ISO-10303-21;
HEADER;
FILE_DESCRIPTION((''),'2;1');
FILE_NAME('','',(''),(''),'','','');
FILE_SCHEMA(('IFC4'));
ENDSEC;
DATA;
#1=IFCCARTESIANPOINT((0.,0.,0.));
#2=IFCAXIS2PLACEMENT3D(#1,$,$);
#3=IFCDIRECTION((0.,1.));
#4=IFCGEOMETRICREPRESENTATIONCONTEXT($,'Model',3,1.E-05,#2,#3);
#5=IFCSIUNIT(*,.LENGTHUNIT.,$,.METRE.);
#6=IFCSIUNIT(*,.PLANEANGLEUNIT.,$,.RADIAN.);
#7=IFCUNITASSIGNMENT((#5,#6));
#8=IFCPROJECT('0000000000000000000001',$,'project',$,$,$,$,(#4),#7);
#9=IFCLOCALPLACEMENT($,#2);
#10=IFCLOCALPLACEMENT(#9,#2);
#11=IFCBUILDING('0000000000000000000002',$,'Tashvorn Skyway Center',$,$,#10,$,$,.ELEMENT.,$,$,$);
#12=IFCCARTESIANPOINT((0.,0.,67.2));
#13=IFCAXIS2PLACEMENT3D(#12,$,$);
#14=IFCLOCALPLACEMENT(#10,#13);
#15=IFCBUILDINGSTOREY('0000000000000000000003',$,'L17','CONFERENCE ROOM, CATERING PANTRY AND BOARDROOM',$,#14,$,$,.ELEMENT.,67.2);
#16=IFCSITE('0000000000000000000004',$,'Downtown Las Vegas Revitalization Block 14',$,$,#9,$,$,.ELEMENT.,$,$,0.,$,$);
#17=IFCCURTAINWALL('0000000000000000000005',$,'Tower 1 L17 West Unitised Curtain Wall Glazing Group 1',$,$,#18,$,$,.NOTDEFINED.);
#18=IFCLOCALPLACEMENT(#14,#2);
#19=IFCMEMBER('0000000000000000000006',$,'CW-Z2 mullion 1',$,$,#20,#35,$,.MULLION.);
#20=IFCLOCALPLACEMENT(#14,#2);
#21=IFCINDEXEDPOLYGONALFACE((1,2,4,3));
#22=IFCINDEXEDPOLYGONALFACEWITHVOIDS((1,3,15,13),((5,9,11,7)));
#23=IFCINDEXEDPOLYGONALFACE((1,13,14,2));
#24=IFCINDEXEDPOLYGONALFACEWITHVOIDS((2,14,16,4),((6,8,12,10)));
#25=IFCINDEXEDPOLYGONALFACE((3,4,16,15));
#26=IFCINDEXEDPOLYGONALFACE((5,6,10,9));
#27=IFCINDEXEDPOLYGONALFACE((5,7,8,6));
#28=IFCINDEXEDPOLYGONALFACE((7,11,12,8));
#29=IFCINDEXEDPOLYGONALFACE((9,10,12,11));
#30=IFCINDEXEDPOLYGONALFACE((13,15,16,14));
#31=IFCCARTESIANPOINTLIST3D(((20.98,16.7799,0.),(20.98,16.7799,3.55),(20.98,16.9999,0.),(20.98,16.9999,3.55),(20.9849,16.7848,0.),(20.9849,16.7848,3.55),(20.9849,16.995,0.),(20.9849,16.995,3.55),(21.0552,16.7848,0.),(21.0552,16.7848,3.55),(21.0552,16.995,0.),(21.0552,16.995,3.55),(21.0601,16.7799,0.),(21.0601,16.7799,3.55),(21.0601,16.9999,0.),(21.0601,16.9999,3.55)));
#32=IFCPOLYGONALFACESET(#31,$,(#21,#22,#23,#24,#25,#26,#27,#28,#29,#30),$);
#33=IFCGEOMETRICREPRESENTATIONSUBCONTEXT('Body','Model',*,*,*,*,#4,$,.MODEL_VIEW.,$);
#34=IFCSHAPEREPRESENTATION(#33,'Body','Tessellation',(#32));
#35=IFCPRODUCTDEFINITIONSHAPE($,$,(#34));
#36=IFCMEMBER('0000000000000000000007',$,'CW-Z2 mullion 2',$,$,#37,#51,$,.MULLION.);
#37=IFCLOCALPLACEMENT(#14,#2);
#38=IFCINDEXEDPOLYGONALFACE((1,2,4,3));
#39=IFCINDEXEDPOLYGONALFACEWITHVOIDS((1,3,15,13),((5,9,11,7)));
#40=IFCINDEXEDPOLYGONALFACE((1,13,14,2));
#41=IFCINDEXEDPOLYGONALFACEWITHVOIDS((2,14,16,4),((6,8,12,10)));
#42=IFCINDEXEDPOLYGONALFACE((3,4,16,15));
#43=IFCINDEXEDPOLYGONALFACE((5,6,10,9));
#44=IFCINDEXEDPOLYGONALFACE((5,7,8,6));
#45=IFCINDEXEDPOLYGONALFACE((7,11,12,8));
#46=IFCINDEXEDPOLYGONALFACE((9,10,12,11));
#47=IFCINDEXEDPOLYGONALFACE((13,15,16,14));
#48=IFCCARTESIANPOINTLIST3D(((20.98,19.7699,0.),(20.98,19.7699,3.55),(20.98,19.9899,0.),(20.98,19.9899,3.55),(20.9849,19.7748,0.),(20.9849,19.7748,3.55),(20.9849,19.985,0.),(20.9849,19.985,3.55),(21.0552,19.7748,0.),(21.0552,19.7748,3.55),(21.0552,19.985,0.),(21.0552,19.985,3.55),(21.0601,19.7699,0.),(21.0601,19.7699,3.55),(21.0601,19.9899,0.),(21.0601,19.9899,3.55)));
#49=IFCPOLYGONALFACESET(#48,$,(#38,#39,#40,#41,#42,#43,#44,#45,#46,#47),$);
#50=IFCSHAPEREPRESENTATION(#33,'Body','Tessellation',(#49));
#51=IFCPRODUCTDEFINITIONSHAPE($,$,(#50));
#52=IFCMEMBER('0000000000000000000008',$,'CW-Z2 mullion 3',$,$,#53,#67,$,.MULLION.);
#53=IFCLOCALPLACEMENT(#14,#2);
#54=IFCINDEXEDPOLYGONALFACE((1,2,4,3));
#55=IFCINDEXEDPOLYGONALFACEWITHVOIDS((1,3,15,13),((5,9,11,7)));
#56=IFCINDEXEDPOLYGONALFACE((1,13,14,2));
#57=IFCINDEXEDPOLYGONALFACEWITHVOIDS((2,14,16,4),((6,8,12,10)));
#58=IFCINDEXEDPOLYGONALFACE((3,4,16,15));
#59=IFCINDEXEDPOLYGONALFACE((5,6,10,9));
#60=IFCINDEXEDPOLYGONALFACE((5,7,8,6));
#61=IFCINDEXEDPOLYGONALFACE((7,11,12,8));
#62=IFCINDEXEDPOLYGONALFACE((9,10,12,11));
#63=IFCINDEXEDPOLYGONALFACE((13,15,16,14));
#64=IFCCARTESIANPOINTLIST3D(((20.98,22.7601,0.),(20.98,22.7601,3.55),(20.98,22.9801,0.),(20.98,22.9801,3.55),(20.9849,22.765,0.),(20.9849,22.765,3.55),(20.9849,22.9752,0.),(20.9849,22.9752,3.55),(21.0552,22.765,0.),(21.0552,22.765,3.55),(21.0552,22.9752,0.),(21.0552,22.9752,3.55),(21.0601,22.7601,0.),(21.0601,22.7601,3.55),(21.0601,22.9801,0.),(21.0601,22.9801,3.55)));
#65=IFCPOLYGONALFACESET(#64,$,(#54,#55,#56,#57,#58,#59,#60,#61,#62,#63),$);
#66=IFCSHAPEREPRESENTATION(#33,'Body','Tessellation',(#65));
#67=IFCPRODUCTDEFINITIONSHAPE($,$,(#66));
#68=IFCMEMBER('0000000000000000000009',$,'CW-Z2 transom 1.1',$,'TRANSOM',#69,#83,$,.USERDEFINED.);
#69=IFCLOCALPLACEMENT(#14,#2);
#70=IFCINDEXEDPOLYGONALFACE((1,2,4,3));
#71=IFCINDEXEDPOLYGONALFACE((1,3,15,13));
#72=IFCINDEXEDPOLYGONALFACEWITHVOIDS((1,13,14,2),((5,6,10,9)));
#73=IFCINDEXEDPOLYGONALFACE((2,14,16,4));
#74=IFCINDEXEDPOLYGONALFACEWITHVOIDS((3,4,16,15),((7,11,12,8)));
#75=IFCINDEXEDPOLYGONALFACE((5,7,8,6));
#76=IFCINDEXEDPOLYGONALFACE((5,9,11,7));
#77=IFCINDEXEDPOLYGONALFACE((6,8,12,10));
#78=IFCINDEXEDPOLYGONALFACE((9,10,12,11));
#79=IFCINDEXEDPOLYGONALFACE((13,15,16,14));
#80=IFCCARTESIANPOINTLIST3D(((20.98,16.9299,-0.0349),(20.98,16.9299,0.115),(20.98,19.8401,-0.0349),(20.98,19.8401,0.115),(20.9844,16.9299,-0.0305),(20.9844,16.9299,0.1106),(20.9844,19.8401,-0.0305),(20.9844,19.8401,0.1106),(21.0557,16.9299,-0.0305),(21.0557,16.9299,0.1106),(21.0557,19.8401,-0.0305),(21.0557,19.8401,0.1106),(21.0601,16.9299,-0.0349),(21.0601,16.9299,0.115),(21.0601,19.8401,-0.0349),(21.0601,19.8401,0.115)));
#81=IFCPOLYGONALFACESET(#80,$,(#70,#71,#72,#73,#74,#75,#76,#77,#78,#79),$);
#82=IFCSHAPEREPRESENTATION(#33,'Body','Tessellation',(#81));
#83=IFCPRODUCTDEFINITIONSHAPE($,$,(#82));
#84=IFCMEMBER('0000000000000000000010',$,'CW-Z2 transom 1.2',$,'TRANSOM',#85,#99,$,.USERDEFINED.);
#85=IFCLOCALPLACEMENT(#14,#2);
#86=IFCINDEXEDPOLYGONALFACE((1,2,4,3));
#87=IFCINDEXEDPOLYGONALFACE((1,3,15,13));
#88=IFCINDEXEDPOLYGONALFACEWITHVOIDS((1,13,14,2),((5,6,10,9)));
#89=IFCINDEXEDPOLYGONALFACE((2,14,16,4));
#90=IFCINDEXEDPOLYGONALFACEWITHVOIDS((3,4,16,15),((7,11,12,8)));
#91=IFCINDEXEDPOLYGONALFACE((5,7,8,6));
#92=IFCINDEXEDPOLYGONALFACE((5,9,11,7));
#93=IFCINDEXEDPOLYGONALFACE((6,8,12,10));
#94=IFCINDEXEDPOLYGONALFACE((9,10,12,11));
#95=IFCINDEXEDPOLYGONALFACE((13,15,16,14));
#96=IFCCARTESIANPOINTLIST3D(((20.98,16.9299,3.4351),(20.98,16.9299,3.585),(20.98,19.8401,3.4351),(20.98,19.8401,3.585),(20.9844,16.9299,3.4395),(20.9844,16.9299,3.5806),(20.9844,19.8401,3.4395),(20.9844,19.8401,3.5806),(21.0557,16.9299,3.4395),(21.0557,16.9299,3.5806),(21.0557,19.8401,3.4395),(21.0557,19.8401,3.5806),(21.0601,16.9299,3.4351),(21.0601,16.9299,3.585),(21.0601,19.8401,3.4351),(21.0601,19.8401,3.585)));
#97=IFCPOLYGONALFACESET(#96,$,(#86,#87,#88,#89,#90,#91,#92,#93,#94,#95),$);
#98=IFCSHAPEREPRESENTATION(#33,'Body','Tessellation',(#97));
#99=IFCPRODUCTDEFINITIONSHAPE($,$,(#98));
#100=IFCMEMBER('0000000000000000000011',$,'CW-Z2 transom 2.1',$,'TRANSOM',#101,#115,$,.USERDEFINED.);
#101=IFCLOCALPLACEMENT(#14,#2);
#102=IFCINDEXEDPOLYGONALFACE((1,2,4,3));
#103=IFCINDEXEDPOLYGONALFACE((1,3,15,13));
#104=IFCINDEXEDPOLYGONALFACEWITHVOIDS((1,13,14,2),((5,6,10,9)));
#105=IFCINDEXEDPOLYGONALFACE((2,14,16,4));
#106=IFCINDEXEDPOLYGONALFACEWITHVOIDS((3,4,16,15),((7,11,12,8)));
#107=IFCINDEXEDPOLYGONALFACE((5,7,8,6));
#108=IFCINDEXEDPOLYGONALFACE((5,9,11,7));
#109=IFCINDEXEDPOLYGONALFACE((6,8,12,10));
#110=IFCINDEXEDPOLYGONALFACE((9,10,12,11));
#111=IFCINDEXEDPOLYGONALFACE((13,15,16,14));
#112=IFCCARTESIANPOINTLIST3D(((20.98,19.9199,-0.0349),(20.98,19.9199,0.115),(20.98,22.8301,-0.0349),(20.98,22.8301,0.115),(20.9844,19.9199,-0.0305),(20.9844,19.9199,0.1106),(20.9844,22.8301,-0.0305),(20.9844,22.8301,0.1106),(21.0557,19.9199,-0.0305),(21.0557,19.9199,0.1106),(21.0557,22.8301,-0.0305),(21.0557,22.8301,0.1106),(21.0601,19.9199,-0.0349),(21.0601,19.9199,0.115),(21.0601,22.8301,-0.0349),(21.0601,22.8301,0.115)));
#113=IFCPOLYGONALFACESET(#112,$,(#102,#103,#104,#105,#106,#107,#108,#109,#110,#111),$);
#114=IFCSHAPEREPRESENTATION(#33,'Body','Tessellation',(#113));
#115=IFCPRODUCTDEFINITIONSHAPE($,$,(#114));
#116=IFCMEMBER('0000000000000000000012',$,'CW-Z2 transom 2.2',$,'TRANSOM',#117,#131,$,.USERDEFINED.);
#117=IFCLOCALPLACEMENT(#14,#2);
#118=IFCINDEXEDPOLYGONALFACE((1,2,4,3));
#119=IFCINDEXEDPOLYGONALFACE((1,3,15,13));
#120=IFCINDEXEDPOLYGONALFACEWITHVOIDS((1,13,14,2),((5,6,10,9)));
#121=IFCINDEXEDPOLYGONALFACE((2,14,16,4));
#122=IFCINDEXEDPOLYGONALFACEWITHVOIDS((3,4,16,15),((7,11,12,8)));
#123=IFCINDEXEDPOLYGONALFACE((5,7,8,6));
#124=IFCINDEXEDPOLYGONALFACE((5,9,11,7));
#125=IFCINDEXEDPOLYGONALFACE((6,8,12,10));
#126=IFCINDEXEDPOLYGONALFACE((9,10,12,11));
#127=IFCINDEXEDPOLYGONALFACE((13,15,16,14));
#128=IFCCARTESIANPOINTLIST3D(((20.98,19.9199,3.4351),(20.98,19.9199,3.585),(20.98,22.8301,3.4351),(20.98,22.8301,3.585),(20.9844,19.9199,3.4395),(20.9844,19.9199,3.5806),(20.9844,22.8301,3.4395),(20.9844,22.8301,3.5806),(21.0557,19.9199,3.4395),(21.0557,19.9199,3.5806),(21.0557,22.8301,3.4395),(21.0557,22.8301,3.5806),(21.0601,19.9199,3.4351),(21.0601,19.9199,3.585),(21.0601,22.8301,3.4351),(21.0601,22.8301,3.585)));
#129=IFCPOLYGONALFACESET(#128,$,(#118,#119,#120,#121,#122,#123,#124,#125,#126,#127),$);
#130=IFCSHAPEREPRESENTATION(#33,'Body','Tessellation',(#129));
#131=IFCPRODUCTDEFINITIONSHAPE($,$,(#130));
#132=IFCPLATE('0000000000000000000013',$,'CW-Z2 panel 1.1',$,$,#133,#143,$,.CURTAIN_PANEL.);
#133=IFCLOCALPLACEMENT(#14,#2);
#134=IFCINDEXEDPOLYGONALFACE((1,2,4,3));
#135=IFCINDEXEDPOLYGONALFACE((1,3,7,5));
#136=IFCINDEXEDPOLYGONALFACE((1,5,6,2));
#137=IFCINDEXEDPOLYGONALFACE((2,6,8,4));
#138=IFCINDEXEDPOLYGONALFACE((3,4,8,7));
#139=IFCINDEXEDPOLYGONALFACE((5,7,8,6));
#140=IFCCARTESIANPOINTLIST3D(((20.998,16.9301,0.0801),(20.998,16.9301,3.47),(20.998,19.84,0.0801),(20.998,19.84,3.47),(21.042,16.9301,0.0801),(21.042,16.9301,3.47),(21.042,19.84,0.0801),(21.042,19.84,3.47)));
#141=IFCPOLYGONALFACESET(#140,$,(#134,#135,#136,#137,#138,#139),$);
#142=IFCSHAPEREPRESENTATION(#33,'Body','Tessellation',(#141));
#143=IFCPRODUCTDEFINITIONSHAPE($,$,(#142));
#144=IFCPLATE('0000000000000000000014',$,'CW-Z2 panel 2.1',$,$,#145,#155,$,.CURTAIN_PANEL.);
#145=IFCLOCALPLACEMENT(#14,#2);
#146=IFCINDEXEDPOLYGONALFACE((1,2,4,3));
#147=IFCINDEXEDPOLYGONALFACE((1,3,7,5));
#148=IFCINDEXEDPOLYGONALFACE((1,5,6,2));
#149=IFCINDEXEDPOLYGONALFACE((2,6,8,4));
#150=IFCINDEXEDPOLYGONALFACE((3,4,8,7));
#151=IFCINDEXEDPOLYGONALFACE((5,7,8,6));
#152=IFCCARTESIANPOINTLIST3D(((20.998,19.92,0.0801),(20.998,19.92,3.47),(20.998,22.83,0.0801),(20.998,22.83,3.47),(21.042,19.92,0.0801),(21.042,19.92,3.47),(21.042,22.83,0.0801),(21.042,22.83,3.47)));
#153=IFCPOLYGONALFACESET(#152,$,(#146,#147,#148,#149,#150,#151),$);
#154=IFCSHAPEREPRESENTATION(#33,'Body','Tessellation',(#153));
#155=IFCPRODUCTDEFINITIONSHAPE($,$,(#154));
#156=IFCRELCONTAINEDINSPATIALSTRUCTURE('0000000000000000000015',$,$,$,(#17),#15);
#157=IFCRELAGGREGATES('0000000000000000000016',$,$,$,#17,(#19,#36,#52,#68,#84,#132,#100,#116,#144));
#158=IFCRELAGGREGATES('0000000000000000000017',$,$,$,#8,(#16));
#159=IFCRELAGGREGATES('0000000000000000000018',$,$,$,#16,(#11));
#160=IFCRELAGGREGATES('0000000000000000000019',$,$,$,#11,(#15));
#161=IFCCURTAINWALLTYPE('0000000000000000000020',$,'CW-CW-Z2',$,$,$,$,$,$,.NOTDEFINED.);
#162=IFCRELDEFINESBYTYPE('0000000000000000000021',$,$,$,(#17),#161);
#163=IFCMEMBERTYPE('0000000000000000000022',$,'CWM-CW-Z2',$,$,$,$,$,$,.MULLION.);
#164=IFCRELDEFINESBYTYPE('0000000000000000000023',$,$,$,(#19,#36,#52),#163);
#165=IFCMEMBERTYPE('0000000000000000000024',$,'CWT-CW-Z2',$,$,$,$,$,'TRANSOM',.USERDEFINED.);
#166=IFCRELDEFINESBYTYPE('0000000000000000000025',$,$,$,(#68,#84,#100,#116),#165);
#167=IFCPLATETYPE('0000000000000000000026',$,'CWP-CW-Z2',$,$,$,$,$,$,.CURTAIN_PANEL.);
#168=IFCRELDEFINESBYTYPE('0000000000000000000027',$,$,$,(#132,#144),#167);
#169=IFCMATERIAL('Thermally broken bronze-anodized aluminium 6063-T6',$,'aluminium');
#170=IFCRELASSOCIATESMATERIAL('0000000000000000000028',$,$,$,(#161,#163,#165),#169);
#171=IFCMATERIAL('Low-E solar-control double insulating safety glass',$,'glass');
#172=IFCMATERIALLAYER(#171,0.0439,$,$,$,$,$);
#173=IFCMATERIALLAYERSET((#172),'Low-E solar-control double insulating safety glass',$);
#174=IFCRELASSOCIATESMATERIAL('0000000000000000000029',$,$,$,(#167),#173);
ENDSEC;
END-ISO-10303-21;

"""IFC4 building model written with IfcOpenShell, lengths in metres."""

from ifc_helpers import new_model, si_unit, direction, frame, origin, origin_2d, place, context, subcontext, project, spatial, rectangle, hollow_rectangle, extrude, material, layer, layer_set, material_profile, profile_set, type_object, element, aggregate, save


model = new_model("IFC4")

# Units and contexts
model_context = context("Model", 3, precision=1e-05, world=origin(), true_north=direction((0.0, 1.0)))
body_context = subcontext(model_context, "Body", "Model", "MODEL_VIEW")
ifc_project = project(units=[si_unit("LENGTHUNIT", "METRE"), si_unit("PLANEANGLEUNIT", "RADIAN")], contexts=[model_context])

# Site, building, storey
site_placement = place(None, origin())
site = spatial("IfcSite", under=ifc_project, at=site_placement, Name="Downtown Las Vegas Revitalization Block 14", CompositionType="ELEMENT", RefElevation=0.0)
building_placement = place(site_placement, origin())
building = spatial("IfcBuilding", under=site, at=building_placement, Name="Tashvorn Skyway Center", CompositionType="ELEMENT")
storey_placement = place(building_placement, frame((0.0, 0.0, 67.2)))
storey = spatial("IfcBuildingStorey", under=building, at=storey_placement, Name="L17", Description="CONFERENCE ROOM, CATERING PANTRY AND BOARDROOM", CompositionType="ELEMENT", Elevation=67.2)

# Curtain wall, members, plates
ifc_material_1 = material(Name="Thermally broken bronze-anodized aluminium 6063-T6", Category="aluminium")
curtain_wall_type = type_object("IfcCurtainWallType", Name="CW-CW-Z2", PredefinedType="NOTDEFINED", material=ifc_material_1)
curtain_wall_placement = place(storey_placement, origin())
curtain_wall = element("IfcCurtainWall", 1, at=curtain_wall_placement, inside=storey, type_object=curtain_wall_type, Name="Tower 1 L17 West Unitised Curtain Wall Glazing Group 1", PredefinedType="NOTDEFINED")
ifc_material_profile_1 = material_profile(ifc_material_1, hollow_rectangle(XDim=0.0801, YDim=0.22, WallThickness=0.0049, at=origin_2d()), Name="ALU-MULL-80x220")
ifc_profile_set_1 = profile_set([ifc_material_profile_1], Name="Thermally broken bronze-anodized aluminium 6063-T6")
member_type_1 = type_object("IfcMemberType", Name="CWM-CW-Z2", PredefinedType="MULLION", material=ifc_profile_set_1)
member_1_placement = place(storey_placement, frame((21.02, 16.8899, 0.0), z_axis=(0.0, 0.0, 1.0), x_axis=(-1.0, 0.0, 0.0)))
member_1 = element("IfcMember", 2, at=member_1_placement, type_object=member_type_1, Name="CW-Z2 mullion 1", PredefinedType="MULLION", context=body_context, shape_type="SweptSolid", body=[
    extrude(hollow_rectangle(XDim=0.0801, YDim=0.22, WallThickness=0.0049, at=origin_2d()), origin(), (0.0, 0.0, 1.0), 3.55),
])
member_2_placement = place(storey_placement, frame((21.02, 19.8799, 0.0), z_axis=(0.0, 0.0, 1.0), x_axis=(-1.0, 0.0, 0.0)))
member_2 = element("IfcMember", 3, at=member_2_placement, type_object=member_type_1, Name="CW-Z2 mullion 2", PredefinedType="MULLION", context=body_context, shape_type="SweptSolid", body=[
    extrude(hollow_rectangle(XDim=0.0801, YDim=0.22, WallThickness=0.0049, at=origin_2d()), origin(), (0.0, 0.0, 1.0), 3.55),
])
member_3_placement = place(storey_placement, frame((21.02, 22.8701, 0.0), z_axis=(0.0, 0.0, 1.0), x_axis=(-1.0, 0.0, 0.0)))
member_3 = element("IfcMember", 4, at=member_3_placement, type_object=member_type_1, Name="CW-Z2 mullion 3", PredefinedType="MULLION", context=body_context, shape_type="SweptSolid", body=[
    extrude(hollow_rectangle(XDim=0.0801, YDim=0.22, WallThickness=0.0049, at=origin_2d()), origin(), (0.0, 0.0, 1.0), 3.55),
])
ifc_material_profile_2 = material_profile(ifc_material_1, hollow_rectangle(XDim=0.0801, YDim=0.1499, WallThickness=0.0044, at=origin_2d()), Name="ALU-TRAN-80x150")
ifc_profile_set_2 = profile_set([ifc_material_profile_2], Name="Thermally broken bronze-anodized aluminium 6063-T6")
member_type_2 = type_object("IfcMemberType", Name="CWT-CW-Z2", ElementType="TRANSOM", PredefinedType="USERDEFINED", material=ifc_profile_set_2)
member_4_placement = place(storey_placement, frame((21.02, 16.9299, 0.04), z_axis=(0.0, 1.0, 0.0), x_axis=(-1.0, 0.0, 0.0)))
member_4 = element("IfcMember", 5, at=member_4_placement, type_object=member_type_2, Name="CW-Z2 transom 1.1", ObjectType="TRANSOM", PredefinedType="USERDEFINED", context=body_context, shape_type="SweptSolid", body=[
    extrude(hollow_rectangle(XDim=0.0801, YDim=0.1499, WallThickness=0.0044, at=origin_2d()), origin(), (0.0, 0.0, 1.0), 2.9102),
])
member_5_placement = place(storey_placement, frame((21.02, 16.9299, 3.51), z_axis=(0.0, 1.0, 0.0), x_axis=(-1.0, 0.0, 0.0)))
member_5 = element("IfcMember", 6, at=member_5_placement, type_object=member_type_2, Name="CW-Z2 transom 1.2", ObjectType="TRANSOM", PredefinedType="USERDEFINED", context=body_context, shape_type="SweptSolid", body=[
    extrude(hollow_rectangle(XDim=0.0801, YDim=0.1499, WallThickness=0.0044, at=origin_2d()), origin(), (0.0, 0.0, 1.0), 2.9102),
])
member_6_placement = place(storey_placement, frame((21.02, 19.9199, 0.04), z_axis=(0.0, 1.0, 0.0), x_axis=(-1.0, 0.0, 0.0)))
member_6 = element("IfcMember", 7, at=member_6_placement, type_object=member_type_2, Name="CW-Z2 transom 2.1", ObjectType="TRANSOM", PredefinedType="USERDEFINED", context=body_context, shape_type="SweptSolid", body=[
    extrude(hollow_rectangle(XDim=0.0801, YDim=0.1499, WallThickness=0.0044, at=origin_2d()), origin(), (0.0, 0.0, 1.0), 2.9102),
])
member_7_placement = place(storey_placement, frame((21.02, 19.9199, 3.51), z_axis=(0.0, 1.0, 0.0), x_axis=(-1.0, 0.0, 0.0)))
member_7 = element("IfcMember", 8, at=member_7_placement, type_object=member_type_2, Name="CW-Z2 transom 2.2", ObjectType="TRANSOM", PredefinedType="USERDEFINED", context=body_context, shape_type="SweptSolid", body=[
    extrude(hollow_rectangle(XDim=0.0801, YDim=0.1499, WallThickness=0.0044, at=origin_2d()), origin(), (0.0, 0.0, 1.0), 2.9102),
])
ifc_material_2 = material(Name="Low-E solar-control double insulating safety glass", Category="glass")
ifc_layer_1 = layer(ifc_material_2, 0.0439)
ifc_layer_set_1 = layer_set([ifc_layer_1], Name="Low-E solar-control double insulating safety glass")
plate_type = type_object("IfcPlateType", Name="CWP-CW-Z2", PredefinedType="CURTAIN_PANEL", material=ifc_layer_set_1)
plate_1_placement = place(storey_placement, frame((21.02, 18.385, 0.0801), z_axis=(0.0, 0.0, 1.0), x_axis=(0.0, 1.0, 0.0)))
plate_1 = element("IfcPlate", 9, at=plate_1_placement, type_object=plate_type, Name="CW-Z2 panel 1.1", PredefinedType="CURTAIN_PANEL", context=body_context, shape_type="SweptSolid", body=[
    extrude(rectangle(XDim=2.9099, YDim=0.0439, at=origin_2d()), origin(), (0.0, 0.0, 1.0), 3.3899),
])
plate_2_placement = place(storey_placement, frame((21.02, 21.375, 0.0801), z_axis=(0.0, 0.0, 1.0), x_axis=(0.0, 1.0, 0.0)))
plate_2 = element("IfcPlate", 10, at=plate_2_placement, type_object=plate_type, Name="CW-Z2 panel 2.1", PredefinedType="CURTAIN_PANEL", context=body_context, shape_type="SweptSolid", body=[
    extrude(rectangle(XDim=2.9099, YDim=0.0439, at=origin_2d()), origin(), (0.0, 0.0, 1.0), 3.3899),
])
aggregate(curtain_wall, [member_1, member_2, member_3, member_4, member_5, plate_1, member_6, member_7, plate_2])

save(model, "model.ifc")
